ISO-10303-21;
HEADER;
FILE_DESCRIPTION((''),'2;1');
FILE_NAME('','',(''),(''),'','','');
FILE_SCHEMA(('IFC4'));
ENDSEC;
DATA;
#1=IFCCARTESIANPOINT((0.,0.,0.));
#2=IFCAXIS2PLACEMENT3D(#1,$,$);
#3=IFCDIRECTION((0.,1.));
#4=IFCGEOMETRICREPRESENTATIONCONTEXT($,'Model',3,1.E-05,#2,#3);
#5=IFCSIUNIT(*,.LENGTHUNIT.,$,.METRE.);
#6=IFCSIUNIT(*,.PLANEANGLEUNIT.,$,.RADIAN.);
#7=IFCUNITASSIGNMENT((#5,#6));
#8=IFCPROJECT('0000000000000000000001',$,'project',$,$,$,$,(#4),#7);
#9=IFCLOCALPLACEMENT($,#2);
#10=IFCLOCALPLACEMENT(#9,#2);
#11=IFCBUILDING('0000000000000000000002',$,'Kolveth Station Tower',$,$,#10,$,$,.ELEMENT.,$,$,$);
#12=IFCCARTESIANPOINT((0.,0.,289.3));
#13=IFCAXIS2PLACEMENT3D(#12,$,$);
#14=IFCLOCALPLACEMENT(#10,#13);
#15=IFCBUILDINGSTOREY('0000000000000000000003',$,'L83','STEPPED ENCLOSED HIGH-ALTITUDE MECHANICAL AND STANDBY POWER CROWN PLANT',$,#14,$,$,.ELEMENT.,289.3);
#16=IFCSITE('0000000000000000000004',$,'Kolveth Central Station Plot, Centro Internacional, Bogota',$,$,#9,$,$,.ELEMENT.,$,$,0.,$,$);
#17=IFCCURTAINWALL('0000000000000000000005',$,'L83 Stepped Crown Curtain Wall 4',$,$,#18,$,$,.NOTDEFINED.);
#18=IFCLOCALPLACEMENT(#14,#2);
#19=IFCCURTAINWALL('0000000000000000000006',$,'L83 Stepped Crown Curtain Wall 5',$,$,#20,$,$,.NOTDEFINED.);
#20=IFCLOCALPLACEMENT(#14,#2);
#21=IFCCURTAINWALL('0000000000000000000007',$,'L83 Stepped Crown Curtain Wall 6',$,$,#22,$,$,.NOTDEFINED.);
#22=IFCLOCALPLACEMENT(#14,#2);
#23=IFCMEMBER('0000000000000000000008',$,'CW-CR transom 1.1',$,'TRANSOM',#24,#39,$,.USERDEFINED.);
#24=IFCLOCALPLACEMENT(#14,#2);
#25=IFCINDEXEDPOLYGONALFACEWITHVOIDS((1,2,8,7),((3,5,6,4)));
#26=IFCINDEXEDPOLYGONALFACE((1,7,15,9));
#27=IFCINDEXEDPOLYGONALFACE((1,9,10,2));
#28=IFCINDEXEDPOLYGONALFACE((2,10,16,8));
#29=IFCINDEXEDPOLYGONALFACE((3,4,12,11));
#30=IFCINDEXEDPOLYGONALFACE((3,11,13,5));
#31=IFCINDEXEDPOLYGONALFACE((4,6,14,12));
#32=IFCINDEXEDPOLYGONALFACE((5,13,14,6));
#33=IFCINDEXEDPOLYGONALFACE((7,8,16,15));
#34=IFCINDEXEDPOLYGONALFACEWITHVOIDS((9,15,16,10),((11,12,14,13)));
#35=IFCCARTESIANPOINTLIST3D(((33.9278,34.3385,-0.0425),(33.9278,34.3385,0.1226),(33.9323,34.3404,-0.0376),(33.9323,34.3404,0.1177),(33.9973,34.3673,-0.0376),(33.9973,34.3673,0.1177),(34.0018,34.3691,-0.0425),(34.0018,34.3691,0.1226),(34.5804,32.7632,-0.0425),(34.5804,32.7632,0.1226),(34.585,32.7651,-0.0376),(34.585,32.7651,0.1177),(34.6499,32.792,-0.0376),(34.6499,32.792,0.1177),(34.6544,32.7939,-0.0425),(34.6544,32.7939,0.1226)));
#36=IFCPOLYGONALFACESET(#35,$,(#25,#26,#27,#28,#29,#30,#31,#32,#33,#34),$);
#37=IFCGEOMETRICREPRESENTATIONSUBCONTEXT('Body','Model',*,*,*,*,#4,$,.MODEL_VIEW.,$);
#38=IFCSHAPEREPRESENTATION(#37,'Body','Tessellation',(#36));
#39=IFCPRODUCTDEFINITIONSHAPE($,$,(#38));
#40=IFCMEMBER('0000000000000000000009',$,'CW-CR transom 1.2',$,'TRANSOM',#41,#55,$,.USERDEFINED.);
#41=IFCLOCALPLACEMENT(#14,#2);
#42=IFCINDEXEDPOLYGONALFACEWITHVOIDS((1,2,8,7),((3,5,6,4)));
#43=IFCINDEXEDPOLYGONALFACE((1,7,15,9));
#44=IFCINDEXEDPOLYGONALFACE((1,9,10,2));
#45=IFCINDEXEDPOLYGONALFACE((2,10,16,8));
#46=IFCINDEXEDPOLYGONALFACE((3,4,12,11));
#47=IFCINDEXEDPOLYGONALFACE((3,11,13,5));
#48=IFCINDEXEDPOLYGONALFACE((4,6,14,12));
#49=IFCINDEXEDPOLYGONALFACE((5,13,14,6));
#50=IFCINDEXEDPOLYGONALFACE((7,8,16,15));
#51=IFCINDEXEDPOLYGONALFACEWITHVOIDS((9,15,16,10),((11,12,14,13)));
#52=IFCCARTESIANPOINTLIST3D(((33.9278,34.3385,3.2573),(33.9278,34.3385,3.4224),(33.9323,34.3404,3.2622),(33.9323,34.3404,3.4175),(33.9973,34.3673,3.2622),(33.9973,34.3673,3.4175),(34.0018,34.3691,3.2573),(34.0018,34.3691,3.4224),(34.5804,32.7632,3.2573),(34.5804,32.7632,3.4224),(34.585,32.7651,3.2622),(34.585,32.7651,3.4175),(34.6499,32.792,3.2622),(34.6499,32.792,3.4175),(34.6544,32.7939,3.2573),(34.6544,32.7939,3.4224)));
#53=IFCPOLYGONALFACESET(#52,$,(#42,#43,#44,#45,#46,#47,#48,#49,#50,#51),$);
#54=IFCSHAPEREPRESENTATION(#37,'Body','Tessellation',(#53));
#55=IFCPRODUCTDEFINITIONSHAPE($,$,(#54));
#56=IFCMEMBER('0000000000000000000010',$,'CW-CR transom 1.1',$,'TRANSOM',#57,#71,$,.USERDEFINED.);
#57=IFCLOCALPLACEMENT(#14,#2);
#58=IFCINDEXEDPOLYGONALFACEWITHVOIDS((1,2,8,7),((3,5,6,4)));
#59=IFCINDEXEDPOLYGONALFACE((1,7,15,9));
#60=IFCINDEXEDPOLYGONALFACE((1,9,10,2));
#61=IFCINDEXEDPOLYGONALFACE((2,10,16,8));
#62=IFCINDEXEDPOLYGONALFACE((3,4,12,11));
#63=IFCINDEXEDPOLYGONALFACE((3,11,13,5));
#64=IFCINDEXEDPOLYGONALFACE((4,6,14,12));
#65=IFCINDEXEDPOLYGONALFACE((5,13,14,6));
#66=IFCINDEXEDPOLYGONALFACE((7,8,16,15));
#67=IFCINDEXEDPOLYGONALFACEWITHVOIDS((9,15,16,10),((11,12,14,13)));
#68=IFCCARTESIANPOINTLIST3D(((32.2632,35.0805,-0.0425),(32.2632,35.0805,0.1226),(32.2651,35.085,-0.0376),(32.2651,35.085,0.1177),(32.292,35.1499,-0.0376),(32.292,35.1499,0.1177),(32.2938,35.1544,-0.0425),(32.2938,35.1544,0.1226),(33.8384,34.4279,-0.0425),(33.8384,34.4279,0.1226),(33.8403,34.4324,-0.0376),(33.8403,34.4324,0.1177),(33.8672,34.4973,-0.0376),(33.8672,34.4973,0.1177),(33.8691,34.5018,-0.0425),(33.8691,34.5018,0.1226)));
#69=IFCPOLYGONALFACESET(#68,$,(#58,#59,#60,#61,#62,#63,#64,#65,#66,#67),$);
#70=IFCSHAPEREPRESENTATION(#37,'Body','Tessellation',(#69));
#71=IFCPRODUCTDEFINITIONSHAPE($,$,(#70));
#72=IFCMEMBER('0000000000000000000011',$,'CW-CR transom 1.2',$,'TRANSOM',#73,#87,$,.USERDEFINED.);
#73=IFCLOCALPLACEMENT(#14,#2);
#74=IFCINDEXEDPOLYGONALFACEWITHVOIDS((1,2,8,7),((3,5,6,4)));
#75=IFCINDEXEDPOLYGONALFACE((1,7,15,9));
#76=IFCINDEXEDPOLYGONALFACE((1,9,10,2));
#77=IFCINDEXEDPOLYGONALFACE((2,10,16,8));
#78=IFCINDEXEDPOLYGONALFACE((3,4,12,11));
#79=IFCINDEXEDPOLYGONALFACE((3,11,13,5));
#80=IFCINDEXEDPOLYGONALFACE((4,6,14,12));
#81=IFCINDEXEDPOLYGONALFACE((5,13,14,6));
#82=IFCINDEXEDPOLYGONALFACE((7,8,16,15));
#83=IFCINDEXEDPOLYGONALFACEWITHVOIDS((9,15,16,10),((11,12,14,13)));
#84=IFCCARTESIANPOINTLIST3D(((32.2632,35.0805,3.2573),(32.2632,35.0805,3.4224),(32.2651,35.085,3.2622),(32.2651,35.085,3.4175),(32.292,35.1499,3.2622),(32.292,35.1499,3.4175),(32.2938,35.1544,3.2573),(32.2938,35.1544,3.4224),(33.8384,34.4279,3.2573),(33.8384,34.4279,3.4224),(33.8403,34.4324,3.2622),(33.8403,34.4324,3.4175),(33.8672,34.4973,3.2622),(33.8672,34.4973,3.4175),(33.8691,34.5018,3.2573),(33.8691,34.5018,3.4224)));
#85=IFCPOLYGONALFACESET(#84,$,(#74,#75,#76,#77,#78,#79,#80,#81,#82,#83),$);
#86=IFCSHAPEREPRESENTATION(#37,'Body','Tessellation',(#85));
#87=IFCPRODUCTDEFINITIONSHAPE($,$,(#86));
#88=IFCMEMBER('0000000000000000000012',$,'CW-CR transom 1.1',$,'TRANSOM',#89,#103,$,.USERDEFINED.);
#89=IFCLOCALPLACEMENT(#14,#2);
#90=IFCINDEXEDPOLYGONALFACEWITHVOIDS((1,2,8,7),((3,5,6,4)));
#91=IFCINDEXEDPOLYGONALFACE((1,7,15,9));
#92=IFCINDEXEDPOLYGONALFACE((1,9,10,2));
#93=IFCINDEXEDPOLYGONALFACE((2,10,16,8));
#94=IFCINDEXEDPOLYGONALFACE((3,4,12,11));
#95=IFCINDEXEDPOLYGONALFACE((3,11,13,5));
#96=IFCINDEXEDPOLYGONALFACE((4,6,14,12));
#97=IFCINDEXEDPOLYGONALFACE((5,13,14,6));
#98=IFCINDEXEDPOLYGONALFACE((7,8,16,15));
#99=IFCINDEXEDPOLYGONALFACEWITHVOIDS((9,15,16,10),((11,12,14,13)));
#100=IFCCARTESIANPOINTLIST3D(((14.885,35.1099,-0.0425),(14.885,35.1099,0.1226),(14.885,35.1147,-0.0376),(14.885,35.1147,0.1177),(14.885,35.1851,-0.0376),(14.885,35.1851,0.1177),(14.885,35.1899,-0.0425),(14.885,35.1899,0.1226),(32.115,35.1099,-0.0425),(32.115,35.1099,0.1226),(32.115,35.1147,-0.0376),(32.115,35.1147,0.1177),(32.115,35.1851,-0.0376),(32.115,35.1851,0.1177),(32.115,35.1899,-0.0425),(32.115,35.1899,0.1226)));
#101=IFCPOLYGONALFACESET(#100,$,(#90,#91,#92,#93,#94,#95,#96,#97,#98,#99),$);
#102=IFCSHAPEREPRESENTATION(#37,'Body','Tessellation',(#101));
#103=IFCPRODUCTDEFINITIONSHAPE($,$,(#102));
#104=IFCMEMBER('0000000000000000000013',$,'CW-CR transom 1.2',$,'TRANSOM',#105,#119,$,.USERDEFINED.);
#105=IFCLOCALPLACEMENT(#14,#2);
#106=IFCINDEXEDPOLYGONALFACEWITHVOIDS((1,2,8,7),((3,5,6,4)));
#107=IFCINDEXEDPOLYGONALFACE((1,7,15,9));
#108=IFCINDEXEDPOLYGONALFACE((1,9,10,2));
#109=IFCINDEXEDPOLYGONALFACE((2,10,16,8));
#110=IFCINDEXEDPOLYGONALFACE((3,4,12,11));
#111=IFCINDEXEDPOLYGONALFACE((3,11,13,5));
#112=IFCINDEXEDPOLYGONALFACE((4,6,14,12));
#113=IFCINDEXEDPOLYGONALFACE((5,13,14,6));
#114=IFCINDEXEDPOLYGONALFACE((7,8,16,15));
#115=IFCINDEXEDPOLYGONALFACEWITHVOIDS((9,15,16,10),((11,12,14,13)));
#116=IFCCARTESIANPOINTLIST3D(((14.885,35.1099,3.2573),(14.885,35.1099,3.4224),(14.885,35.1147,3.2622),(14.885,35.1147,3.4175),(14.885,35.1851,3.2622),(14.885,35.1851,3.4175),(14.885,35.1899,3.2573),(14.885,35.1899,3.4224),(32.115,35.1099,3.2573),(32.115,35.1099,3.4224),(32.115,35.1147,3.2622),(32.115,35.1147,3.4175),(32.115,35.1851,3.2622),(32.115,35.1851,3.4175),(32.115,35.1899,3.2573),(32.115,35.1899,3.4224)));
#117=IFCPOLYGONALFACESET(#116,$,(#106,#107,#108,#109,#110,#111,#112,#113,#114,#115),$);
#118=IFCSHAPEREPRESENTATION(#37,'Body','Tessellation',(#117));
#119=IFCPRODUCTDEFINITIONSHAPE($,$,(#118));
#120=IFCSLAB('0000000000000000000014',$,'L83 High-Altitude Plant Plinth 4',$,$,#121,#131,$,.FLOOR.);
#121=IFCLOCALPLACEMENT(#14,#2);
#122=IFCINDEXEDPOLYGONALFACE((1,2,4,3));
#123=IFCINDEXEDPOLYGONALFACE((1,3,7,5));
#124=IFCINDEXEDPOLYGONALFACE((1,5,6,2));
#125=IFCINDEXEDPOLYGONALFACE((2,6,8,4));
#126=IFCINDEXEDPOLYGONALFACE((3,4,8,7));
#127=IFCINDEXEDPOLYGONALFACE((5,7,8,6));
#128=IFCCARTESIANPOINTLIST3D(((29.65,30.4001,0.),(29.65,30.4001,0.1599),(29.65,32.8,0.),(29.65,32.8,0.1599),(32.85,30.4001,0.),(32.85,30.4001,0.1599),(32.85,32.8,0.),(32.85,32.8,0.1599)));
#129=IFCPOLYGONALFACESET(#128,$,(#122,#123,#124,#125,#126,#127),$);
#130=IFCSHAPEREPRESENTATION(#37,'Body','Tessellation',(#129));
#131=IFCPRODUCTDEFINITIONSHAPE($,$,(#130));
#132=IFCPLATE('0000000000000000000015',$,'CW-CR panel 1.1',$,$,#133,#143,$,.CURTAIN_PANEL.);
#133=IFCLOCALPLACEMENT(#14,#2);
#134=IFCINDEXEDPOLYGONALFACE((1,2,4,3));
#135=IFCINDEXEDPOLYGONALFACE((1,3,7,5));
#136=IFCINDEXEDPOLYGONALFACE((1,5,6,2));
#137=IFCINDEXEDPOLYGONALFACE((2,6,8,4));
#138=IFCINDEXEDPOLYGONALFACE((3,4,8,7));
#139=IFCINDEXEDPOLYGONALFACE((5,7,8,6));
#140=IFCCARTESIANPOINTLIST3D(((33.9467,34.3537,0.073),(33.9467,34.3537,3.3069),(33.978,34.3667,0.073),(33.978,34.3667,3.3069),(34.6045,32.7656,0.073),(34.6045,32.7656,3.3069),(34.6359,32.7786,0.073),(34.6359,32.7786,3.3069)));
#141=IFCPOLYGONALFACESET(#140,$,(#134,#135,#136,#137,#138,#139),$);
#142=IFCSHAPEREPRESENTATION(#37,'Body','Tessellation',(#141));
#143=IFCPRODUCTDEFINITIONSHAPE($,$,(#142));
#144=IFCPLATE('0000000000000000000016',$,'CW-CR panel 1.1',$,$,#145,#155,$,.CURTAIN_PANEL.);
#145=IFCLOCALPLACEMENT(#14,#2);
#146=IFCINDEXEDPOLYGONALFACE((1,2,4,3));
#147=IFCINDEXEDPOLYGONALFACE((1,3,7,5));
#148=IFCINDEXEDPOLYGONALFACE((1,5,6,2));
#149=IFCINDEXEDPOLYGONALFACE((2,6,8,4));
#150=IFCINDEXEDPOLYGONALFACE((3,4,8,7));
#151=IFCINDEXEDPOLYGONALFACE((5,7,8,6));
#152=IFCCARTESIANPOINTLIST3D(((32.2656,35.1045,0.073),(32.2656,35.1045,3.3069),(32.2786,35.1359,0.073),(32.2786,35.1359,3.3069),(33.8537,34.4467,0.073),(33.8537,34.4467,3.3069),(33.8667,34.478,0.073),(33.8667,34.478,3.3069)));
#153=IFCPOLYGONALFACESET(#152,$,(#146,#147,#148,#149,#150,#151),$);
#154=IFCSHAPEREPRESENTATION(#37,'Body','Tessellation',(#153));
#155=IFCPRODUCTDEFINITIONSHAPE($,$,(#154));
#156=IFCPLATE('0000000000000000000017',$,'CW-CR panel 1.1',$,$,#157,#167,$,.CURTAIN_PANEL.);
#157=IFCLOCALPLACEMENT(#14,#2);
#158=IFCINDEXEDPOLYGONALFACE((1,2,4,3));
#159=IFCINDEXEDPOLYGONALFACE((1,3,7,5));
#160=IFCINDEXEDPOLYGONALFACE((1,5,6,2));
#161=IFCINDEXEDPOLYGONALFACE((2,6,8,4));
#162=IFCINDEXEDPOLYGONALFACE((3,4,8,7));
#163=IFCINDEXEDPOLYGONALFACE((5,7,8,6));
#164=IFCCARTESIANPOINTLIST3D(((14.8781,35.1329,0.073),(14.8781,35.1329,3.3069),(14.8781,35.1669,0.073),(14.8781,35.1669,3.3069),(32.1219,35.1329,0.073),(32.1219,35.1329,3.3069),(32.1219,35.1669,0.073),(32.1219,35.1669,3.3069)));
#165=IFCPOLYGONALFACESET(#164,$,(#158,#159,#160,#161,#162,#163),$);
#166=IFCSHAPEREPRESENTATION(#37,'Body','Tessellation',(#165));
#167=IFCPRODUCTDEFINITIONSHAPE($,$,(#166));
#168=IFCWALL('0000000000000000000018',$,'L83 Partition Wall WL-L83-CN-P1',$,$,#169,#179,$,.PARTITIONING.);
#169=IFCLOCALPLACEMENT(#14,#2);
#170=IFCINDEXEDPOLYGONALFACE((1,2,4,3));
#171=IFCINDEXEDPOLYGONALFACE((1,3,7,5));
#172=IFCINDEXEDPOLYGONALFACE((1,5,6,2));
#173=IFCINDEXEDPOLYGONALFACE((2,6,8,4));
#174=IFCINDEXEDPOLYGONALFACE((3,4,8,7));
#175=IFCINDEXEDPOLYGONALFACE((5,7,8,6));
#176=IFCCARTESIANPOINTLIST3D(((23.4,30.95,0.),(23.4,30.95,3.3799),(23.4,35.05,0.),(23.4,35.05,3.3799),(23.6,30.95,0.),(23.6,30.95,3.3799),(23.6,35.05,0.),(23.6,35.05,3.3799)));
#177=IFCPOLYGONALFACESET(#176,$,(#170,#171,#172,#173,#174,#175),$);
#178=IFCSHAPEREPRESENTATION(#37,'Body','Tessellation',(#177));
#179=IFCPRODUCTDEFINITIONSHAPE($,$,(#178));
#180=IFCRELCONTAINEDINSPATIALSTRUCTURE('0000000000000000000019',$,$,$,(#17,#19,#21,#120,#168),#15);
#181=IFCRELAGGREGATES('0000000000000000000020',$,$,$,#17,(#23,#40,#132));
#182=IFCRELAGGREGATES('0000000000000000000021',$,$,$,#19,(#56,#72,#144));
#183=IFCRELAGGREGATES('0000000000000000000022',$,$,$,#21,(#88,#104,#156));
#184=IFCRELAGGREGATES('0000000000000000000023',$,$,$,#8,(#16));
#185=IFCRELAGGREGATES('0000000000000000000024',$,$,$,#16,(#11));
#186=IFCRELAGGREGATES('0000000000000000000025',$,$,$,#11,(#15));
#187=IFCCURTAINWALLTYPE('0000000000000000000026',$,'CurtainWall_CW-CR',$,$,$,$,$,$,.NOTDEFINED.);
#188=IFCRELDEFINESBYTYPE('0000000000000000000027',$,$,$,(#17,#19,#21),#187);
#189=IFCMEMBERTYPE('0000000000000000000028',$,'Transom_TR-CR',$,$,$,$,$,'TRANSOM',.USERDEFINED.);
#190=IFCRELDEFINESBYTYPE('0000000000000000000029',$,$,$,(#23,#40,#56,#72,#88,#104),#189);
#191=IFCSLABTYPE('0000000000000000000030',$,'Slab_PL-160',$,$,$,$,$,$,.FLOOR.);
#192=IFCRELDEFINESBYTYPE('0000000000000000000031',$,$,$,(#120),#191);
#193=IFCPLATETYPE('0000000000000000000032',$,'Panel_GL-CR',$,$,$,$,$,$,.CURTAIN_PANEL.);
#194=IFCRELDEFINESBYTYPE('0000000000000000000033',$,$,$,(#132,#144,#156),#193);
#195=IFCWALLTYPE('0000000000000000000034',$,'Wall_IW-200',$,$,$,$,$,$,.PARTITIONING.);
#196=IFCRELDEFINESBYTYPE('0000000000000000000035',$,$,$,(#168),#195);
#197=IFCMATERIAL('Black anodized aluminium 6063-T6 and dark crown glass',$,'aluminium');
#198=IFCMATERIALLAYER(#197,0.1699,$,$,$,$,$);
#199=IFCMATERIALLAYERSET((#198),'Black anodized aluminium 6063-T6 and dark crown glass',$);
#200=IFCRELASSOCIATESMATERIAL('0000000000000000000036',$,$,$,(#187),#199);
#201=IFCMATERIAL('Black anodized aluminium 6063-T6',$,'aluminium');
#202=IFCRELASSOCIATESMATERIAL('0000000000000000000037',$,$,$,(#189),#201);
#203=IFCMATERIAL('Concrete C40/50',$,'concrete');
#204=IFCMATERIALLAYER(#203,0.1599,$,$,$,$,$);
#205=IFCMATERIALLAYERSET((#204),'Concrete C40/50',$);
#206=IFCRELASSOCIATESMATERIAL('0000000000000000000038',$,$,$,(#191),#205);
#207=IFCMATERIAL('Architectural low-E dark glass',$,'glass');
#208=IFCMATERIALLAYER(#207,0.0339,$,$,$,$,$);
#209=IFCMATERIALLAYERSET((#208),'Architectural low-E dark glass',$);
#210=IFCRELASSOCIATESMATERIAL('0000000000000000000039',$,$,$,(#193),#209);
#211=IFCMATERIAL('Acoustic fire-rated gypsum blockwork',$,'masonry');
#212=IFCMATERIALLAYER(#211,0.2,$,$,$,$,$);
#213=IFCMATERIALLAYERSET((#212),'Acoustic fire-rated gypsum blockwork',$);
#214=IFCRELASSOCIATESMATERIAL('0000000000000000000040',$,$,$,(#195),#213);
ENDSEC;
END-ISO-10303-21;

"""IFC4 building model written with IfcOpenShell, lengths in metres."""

from ifc_helpers import new_model, si_unit, direction, frame, frame_2d, origin, origin_2d, place, context, subcontext, project, spatial, rectangle, hollow_rectangle, extrude, source, transform, mapped, material, layer, layer_set, material_profile, profile_set, type_object, element, aggregate, save


model = new_model("IFC4")

# Units and contexts
model_context = context("Model", 3, precision=1e-05, world=origin(), true_north=direction((0.0, 1.0)))
body_context = subcontext(model_context, "Body", "Model", "MODEL_VIEW")
ifc_project = project(units=[si_unit("LENGTHUNIT", "METRE"), si_unit("PLANEANGLEUNIT", "RADIAN")], contexts=[model_context])

# Site, building, storey
site_placement = place(None, origin())
site = spatial("IfcSite", under=ifc_project, at=site_placement, Name="Kolveth Central Station Plot, Centro Internacional, Bogota", CompositionType="ELEMENT", RefElevation=0.0)
building_placement = place(site_placement, origin())
building = spatial("IfcBuilding", under=site, at=building_placement, Name="Kolveth Station Tower", CompositionType="ELEMENT")
storey_placement = place(building_placement, frame((0.0, 0.0, 289.3)))
storey = spatial("IfcBuildingStorey", under=building, at=storey_placement, Name="L83", Description="STEPPED ENCLOSED HIGH-ALTITUDE MECHANICAL AND STANDBY POWER CROWN PLANT", CompositionType="ELEMENT", Elevation=289.3)

# Shared definitions
ifc_material_1 = material(Name="Black anodized aluminium 6063-T6 and dark crown glass", Category="aluminium")
ifc_layer_1 = layer(ifc_material_1, 0.1699)
ifc_layer_set_1 = layer_set([ifc_layer_1], Name="Black anodized aluminium 6063-T6 and dark crown glass")
curtain_wall_type = type_object("IfcCurtainWallType", Name="CurtainWall_CW-CR", PredefinedType="NOTDEFINED", material=ifc_layer_set_1)
ifc_material_2 = material(Name="Black anodized aluminium 6063-T6", Category="aluminium")

# Curtain walls
curtain_wall_1_placement = place(storey_placement, origin())
curtain_wall_1 = element("IfcCurtainWall", 1, at=curtain_wall_1_placement, inside=storey, type_object=curtain_wall_type, Name="L83 Stepped Crown Curtain Wall 4", PredefinedType="NOTDEFINED")
curtain_wall_2_placement = place(storey_placement, origin())
curtain_wall_2 = element("IfcCurtainWall", 2, at=curtain_wall_2_placement, inside=storey, type_object=curtain_wall_type, Name="L83 Stepped Crown Curtain Wall 5", PredefinedType="NOTDEFINED")

# Curtain wall
curtain_wall_3_placement = place(storey_placement, origin())
curtain_wall_3 = element("IfcCurtainWall", 3, at=curtain_wall_3_placement, inside=storey, type_object=curtain_wall_type, Name="L83 Stepped Crown Curtain Wall 6", PredefinedType="NOTDEFINED")

# Members
ifc_material_profile_1 = material_profile(ifc_material_2, hollow_rectangle(XDim=0.0801, YDim=0.165, WallThickness=0.0049, at=origin_2d()), Name="ALU-80x165x5")
ifc_profile_set_1 = profile_set([ifc_material_profile_1], Name="Black anodized aluminium 6063-T6")
member_type_1 = type_object("IfcMemberType", Name="Transom_TR-CR", ElementType="TRANSOM", PredefinedType="USERDEFINED", material=ifc_profile_set_1)
shared_shape_1 = source(origin(), body_context, "Body", "SweptSolid", [
    extrude(hollow_rectangle(XDim=0.0801, YDim=0.165, WallThickness=0.0049, at=origin_2d()), origin(), (0.0, 0.0, 1.0), 1.7051),
])
member_1_placement = place(storey_placement, frame((34.6174, 32.7786, 0.04), z_axis=(-0.382744, 0.923855, 0.0), x_axis=(-0.923855, -0.382744, 0.0)))
member_1 = element("IfcMember", 4, at=member_1_placement, type_object=member_type_1, Name="CW-CR transom 1.1", ObjectType="TRANSOM", PredefinedType="USERDEFINED", context=body_context, shape_type="MappedRepresentation", body=[
    mapped(shared_shape_1, transform((0.0, 0.0, 0.0), x_axis=(1.0, 0.0, 0.0), y_axis=(0.0, 1.0, 0.0), z_axis=(0.0, 0.0, 1.0), scale=1.0)),
])
member_2_placement = place(storey_placement, frame((34.6174, 32.7786, 3.3398), z_axis=(-0.382744, 0.923855, 0.0), x_axis=(-0.923855, -0.382744, 0.0)))
member_2 = element("IfcMember", 5, at=member_2_placement, type_object=member_type_1, Name="CW-CR transom 1.2", ObjectType="TRANSOM", PredefinedType="USERDEFINED", context=body_context, shape_type="MappedRepresentation", body=[
    mapped(shared_shape_1, transform((0.0, 0.0, 0.0), x_axis=(1.0, 0.0, 0.0), y_axis=(0.0, 1.0, 0.0), z_axis=(0.0, 0.0, 1.0), scale=1.0)),
])
member_3_placement = place(storey_placement, frame((33.8538, 34.4648, 0.04), z_axis=(-0.923855, 0.382744, 0.0), x_axis=(-0.382744, -0.923855, 0.0)))
member_3 = element("IfcMember", 6, at=member_3_placement, type_object=member_type_1, Name="CW-CR transom 1.1", ObjectType="TRANSOM", PredefinedType="USERDEFINED", context=body_context, shape_type="MappedRepresentation", body=[
    mapped(shared_shape_1, transform((0.0, 0.0, 0.0), x_axis=(1.0, 0.0, 0.0), y_axis=(0.0, 1.0, 0.0), z_axis=(0.0, 0.0, 1.0), scale=1.0)),
])
member_4_placement = place(storey_placement, frame((33.8538, 34.4648, 3.3398), z_axis=(-0.923855, 0.382744, 0.0), x_axis=(-0.382744, -0.923855, 0.0)))
member_4 = element("IfcMember", 7, at=member_4_placement, type_object=member_type_1, Name="CW-CR transom 1.2", ObjectType="TRANSOM", PredefinedType="USERDEFINED", context=body_context, shape_type="MappedRepresentation", body=[
    mapped(shared_shape_1, transform((0.0, 0.0, 0.0), x_axis=(1.0, 0.0, 0.0), y_axis=(0.0, 1.0, 0.0), z_axis=(0.0, 0.0, 1.0), scale=1.0)),
])
shared_shape_2 = source(origin(), body_context, "Body", "SweptSolid", [
    extrude(hollow_rectangle(XDim=0.0801, YDim=0.165, WallThickness=0.0049, at=origin_2d()), origin(), (0.0, 0.0, 1.0), 17.23),
])
member_5_placement = place(storey_placement, frame((32.115, 35.1499, 0.04), z_axis=(-1.0, 0.0, 0.0), x_axis=(0.0, -1.0, 0.0)))
member_5 = element("IfcMember", 8, at=member_5_placement, type_object=member_type_1, Name="CW-CR transom 1.1", ObjectType="TRANSOM", PredefinedType="USERDEFINED", context=body_context, shape_type="MappedRepresentation", body=[
    mapped(shared_shape_2, transform((0.0, 0.0, 0.0), x_axis=(1.0, 0.0, 0.0), y_axis=(0.0, 1.0, 0.0), z_axis=(0.0, 0.0, 1.0), scale=1.0)),
])
member_6_placement = place(storey_placement, frame((32.115, 35.1499, 3.3398), z_axis=(-1.0, 0.0, 0.0), x_axis=(0.0, -1.0, 0.0)))
member_6 = element("IfcMember", 9, at=member_6_placement, type_object=member_type_1, Name="CW-CR transom 1.2", ObjectType="TRANSOM", PredefinedType="USERDEFINED", context=body_context, shape_type="MappedRepresentation", body=[
    mapped(shared_shape_2, transform((0.0, 0.0, 0.0), x_axis=(1.0, 0.0, 0.0), y_axis=(0.0, 1.0, 0.0), z_axis=(0.0, 0.0, 1.0), scale=1.0)),
])

# Slab
ifc_material_3 = material(Name="Concrete C40/50", Category="concrete")
ifc_layer_2 = layer(ifc_material_3, 0.1599)
ifc_layer_set_2 = layer_set([ifc_layer_2], Name="Concrete C40/50")
slab_type = type_object("IfcSlabType", Name="Slab_PL-160", PredefinedType="FLOOR", material=ifc_layer_set_2)
shared_shape_3 = source(origin(), body_context, "Body", "SweptSolid", [
    extrude(rectangle(XDim=3.2, YDim=2.3999, at=origin_2d()), origin(), (0.0, 0.0, 1.0), 0.1599),
])
slab_placement = place(storey_placement, frame((31.25, 31.6001, 0.0), z_axis=(0.0, 0.0, 1.0), x_axis=(1.0, 0.0, 0.0)))
element("IfcSlab", 10, at=slab_placement, inside=storey, type_object=slab_type, Name="L83 High-Altitude Plant Plinth 4", PredefinedType="FLOOR", context=body_context, shape_type="MappedRepresentation", body=[
    mapped(shared_shape_3, transform((0.0, 0.0, 0.0), x_axis=(1.0, 0.0, 0.0), y_axis=(0.0, 1.0, 0.0), z_axis=(0.0, 0.0, 1.0), scale=1.0)),
])

# Plates
ifc_material_4 = material(Name="Architectural low-E dark glass", Category="glass")
ifc_layer_3 = layer(ifc_material_4, 0.0339)
ifc_layer_set_3 = layer_set([ifc_layer_3], Name="Architectural low-E dark glass")
plate_type = type_object("IfcPlateType", Name="Panel_GL-CR", PredefinedType="CURTAIN_PANEL", material=ifc_layer_set_3)
shared_shape_4 = source(origin(), body_context, "Body", "SweptSolid", [
    extrude(rectangle(XDim=1.719, YDim=0.0339, at=origin_2d()), origin(), (0.0, 0.0, 1.0), 3.2339),
])
plate_1_placement = place(storey_placement, frame((34.2913, 33.5662, 0.073), z_axis=(0.0, 0.0, 1.0), x_axis=(-0.382691, 0.923876, 0.0)))
plate_1 = element("IfcPlate", 11, at=plate_1_placement, type_object=plate_type, Name="CW-CR panel 1.1", PredefinedType="CURTAIN_PANEL", context=body_context, shape_type="MappedRepresentation", body=[
    mapped(shared_shape_4, transform((0.0, 0.0, 0.0), x_axis=(1.0, 0.0, 0.0), y_axis=(0.0, 1.0, 0.0), z_axis=(0.0, 0.0, 1.0), scale=1.0)),
])
aggregate(curtain_wall_1, [member_1, member_2, plate_1])
plate_2_placement = place(storey_placement, frame((33.0662, 34.7913, 0.073), z_axis=(0.0, 0.0, 1.0), x_axis=(-0.923876, 0.382691, 0.0)))
plate_2 = element("IfcPlate", 12, at=plate_2_placement, type_object=plate_type, Name="CW-CR panel 1.1", PredefinedType="CURTAIN_PANEL", context=body_context, shape_type="MappedRepresentation", body=[
    mapped(shared_shape_4, transform((0.0, 0.0, 0.0), x_axis=(1.0, 0.0, 0.0), y_axis=(0.0, 1.0, 0.0), z_axis=(0.0, 0.0, 1.0), scale=1.0)),
])
aggregate(curtain_wall_2, [member_3, member_4, plate_2])
shared_shape_5 = source(origin(), body_context, "Body", "SweptSolid", [
    extrude(rectangle(XDim=17.2439, YDim=0.0339, at=origin_2d()), origin(), (0.0, 0.0, 1.0), 3.2339),
])
plate_3_placement = place(storey_placement, frame((23.5, 35.1499, 0.073), z_axis=(0.0, 0.0, 1.0), x_axis=(-1.0, 0.0, 0.0)))
plate_3 = element("IfcPlate", 13, at=plate_3_placement, type_object=plate_type, Name="CW-CR panel 1.1", PredefinedType="CURTAIN_PANEL", context=body_context, shape_type="MappedRepresentation", body=[
    mapped(shared_shape_5, transform((0.0, 0.0, 0.0), x_axis=(1.0, 0.0, 0.0), y_axis=(0.0, 1.0, 0.0), z_axis=(0.0, 0.0, 1.0), scale=1.0)),
])
aggregate(curtain_wall_3, [member_5, member_6, plate_3])

# Wall
ifc_material_5 = material(Name="Acoustic fire-rated gypsum blockwork", Category="masonry")
ifc_layer_4 = layer(ifc_material_5, 0.2)
ifc_layer_set_4 = layer_set([ifc_layer_4], Name="Acoustic fire-rated gypsum blockwork")
wall_type = type_object("IfcWallType", Name="Wall_IW-200", PredefinedType="PARTITIONING", material=ifc_layer_set_4)
wall_placement = place(storey_placement, frame((23.5, 30.95, 0.0), z_axis=(0.0, 0.0, 1.0), x_axis=(0.0, 1.0, 0.0)))
element("IfcWall", 14, at=wall_placement, inside=storey, type_object=wall_type, Name="L83 Partition Wall WL-L83-CN-P1", PredefinedType="PARTITIONING", context=body_context, shape_type="SweptSolid", body=[
    extrude(rectangle(XDim=4.1001, YDim=0.2, at=frame_2d((2.05, 0.0))), origin(), (0.0, 0.0, 1.0), 3.3799),
])

save(model, "model.ifc")
